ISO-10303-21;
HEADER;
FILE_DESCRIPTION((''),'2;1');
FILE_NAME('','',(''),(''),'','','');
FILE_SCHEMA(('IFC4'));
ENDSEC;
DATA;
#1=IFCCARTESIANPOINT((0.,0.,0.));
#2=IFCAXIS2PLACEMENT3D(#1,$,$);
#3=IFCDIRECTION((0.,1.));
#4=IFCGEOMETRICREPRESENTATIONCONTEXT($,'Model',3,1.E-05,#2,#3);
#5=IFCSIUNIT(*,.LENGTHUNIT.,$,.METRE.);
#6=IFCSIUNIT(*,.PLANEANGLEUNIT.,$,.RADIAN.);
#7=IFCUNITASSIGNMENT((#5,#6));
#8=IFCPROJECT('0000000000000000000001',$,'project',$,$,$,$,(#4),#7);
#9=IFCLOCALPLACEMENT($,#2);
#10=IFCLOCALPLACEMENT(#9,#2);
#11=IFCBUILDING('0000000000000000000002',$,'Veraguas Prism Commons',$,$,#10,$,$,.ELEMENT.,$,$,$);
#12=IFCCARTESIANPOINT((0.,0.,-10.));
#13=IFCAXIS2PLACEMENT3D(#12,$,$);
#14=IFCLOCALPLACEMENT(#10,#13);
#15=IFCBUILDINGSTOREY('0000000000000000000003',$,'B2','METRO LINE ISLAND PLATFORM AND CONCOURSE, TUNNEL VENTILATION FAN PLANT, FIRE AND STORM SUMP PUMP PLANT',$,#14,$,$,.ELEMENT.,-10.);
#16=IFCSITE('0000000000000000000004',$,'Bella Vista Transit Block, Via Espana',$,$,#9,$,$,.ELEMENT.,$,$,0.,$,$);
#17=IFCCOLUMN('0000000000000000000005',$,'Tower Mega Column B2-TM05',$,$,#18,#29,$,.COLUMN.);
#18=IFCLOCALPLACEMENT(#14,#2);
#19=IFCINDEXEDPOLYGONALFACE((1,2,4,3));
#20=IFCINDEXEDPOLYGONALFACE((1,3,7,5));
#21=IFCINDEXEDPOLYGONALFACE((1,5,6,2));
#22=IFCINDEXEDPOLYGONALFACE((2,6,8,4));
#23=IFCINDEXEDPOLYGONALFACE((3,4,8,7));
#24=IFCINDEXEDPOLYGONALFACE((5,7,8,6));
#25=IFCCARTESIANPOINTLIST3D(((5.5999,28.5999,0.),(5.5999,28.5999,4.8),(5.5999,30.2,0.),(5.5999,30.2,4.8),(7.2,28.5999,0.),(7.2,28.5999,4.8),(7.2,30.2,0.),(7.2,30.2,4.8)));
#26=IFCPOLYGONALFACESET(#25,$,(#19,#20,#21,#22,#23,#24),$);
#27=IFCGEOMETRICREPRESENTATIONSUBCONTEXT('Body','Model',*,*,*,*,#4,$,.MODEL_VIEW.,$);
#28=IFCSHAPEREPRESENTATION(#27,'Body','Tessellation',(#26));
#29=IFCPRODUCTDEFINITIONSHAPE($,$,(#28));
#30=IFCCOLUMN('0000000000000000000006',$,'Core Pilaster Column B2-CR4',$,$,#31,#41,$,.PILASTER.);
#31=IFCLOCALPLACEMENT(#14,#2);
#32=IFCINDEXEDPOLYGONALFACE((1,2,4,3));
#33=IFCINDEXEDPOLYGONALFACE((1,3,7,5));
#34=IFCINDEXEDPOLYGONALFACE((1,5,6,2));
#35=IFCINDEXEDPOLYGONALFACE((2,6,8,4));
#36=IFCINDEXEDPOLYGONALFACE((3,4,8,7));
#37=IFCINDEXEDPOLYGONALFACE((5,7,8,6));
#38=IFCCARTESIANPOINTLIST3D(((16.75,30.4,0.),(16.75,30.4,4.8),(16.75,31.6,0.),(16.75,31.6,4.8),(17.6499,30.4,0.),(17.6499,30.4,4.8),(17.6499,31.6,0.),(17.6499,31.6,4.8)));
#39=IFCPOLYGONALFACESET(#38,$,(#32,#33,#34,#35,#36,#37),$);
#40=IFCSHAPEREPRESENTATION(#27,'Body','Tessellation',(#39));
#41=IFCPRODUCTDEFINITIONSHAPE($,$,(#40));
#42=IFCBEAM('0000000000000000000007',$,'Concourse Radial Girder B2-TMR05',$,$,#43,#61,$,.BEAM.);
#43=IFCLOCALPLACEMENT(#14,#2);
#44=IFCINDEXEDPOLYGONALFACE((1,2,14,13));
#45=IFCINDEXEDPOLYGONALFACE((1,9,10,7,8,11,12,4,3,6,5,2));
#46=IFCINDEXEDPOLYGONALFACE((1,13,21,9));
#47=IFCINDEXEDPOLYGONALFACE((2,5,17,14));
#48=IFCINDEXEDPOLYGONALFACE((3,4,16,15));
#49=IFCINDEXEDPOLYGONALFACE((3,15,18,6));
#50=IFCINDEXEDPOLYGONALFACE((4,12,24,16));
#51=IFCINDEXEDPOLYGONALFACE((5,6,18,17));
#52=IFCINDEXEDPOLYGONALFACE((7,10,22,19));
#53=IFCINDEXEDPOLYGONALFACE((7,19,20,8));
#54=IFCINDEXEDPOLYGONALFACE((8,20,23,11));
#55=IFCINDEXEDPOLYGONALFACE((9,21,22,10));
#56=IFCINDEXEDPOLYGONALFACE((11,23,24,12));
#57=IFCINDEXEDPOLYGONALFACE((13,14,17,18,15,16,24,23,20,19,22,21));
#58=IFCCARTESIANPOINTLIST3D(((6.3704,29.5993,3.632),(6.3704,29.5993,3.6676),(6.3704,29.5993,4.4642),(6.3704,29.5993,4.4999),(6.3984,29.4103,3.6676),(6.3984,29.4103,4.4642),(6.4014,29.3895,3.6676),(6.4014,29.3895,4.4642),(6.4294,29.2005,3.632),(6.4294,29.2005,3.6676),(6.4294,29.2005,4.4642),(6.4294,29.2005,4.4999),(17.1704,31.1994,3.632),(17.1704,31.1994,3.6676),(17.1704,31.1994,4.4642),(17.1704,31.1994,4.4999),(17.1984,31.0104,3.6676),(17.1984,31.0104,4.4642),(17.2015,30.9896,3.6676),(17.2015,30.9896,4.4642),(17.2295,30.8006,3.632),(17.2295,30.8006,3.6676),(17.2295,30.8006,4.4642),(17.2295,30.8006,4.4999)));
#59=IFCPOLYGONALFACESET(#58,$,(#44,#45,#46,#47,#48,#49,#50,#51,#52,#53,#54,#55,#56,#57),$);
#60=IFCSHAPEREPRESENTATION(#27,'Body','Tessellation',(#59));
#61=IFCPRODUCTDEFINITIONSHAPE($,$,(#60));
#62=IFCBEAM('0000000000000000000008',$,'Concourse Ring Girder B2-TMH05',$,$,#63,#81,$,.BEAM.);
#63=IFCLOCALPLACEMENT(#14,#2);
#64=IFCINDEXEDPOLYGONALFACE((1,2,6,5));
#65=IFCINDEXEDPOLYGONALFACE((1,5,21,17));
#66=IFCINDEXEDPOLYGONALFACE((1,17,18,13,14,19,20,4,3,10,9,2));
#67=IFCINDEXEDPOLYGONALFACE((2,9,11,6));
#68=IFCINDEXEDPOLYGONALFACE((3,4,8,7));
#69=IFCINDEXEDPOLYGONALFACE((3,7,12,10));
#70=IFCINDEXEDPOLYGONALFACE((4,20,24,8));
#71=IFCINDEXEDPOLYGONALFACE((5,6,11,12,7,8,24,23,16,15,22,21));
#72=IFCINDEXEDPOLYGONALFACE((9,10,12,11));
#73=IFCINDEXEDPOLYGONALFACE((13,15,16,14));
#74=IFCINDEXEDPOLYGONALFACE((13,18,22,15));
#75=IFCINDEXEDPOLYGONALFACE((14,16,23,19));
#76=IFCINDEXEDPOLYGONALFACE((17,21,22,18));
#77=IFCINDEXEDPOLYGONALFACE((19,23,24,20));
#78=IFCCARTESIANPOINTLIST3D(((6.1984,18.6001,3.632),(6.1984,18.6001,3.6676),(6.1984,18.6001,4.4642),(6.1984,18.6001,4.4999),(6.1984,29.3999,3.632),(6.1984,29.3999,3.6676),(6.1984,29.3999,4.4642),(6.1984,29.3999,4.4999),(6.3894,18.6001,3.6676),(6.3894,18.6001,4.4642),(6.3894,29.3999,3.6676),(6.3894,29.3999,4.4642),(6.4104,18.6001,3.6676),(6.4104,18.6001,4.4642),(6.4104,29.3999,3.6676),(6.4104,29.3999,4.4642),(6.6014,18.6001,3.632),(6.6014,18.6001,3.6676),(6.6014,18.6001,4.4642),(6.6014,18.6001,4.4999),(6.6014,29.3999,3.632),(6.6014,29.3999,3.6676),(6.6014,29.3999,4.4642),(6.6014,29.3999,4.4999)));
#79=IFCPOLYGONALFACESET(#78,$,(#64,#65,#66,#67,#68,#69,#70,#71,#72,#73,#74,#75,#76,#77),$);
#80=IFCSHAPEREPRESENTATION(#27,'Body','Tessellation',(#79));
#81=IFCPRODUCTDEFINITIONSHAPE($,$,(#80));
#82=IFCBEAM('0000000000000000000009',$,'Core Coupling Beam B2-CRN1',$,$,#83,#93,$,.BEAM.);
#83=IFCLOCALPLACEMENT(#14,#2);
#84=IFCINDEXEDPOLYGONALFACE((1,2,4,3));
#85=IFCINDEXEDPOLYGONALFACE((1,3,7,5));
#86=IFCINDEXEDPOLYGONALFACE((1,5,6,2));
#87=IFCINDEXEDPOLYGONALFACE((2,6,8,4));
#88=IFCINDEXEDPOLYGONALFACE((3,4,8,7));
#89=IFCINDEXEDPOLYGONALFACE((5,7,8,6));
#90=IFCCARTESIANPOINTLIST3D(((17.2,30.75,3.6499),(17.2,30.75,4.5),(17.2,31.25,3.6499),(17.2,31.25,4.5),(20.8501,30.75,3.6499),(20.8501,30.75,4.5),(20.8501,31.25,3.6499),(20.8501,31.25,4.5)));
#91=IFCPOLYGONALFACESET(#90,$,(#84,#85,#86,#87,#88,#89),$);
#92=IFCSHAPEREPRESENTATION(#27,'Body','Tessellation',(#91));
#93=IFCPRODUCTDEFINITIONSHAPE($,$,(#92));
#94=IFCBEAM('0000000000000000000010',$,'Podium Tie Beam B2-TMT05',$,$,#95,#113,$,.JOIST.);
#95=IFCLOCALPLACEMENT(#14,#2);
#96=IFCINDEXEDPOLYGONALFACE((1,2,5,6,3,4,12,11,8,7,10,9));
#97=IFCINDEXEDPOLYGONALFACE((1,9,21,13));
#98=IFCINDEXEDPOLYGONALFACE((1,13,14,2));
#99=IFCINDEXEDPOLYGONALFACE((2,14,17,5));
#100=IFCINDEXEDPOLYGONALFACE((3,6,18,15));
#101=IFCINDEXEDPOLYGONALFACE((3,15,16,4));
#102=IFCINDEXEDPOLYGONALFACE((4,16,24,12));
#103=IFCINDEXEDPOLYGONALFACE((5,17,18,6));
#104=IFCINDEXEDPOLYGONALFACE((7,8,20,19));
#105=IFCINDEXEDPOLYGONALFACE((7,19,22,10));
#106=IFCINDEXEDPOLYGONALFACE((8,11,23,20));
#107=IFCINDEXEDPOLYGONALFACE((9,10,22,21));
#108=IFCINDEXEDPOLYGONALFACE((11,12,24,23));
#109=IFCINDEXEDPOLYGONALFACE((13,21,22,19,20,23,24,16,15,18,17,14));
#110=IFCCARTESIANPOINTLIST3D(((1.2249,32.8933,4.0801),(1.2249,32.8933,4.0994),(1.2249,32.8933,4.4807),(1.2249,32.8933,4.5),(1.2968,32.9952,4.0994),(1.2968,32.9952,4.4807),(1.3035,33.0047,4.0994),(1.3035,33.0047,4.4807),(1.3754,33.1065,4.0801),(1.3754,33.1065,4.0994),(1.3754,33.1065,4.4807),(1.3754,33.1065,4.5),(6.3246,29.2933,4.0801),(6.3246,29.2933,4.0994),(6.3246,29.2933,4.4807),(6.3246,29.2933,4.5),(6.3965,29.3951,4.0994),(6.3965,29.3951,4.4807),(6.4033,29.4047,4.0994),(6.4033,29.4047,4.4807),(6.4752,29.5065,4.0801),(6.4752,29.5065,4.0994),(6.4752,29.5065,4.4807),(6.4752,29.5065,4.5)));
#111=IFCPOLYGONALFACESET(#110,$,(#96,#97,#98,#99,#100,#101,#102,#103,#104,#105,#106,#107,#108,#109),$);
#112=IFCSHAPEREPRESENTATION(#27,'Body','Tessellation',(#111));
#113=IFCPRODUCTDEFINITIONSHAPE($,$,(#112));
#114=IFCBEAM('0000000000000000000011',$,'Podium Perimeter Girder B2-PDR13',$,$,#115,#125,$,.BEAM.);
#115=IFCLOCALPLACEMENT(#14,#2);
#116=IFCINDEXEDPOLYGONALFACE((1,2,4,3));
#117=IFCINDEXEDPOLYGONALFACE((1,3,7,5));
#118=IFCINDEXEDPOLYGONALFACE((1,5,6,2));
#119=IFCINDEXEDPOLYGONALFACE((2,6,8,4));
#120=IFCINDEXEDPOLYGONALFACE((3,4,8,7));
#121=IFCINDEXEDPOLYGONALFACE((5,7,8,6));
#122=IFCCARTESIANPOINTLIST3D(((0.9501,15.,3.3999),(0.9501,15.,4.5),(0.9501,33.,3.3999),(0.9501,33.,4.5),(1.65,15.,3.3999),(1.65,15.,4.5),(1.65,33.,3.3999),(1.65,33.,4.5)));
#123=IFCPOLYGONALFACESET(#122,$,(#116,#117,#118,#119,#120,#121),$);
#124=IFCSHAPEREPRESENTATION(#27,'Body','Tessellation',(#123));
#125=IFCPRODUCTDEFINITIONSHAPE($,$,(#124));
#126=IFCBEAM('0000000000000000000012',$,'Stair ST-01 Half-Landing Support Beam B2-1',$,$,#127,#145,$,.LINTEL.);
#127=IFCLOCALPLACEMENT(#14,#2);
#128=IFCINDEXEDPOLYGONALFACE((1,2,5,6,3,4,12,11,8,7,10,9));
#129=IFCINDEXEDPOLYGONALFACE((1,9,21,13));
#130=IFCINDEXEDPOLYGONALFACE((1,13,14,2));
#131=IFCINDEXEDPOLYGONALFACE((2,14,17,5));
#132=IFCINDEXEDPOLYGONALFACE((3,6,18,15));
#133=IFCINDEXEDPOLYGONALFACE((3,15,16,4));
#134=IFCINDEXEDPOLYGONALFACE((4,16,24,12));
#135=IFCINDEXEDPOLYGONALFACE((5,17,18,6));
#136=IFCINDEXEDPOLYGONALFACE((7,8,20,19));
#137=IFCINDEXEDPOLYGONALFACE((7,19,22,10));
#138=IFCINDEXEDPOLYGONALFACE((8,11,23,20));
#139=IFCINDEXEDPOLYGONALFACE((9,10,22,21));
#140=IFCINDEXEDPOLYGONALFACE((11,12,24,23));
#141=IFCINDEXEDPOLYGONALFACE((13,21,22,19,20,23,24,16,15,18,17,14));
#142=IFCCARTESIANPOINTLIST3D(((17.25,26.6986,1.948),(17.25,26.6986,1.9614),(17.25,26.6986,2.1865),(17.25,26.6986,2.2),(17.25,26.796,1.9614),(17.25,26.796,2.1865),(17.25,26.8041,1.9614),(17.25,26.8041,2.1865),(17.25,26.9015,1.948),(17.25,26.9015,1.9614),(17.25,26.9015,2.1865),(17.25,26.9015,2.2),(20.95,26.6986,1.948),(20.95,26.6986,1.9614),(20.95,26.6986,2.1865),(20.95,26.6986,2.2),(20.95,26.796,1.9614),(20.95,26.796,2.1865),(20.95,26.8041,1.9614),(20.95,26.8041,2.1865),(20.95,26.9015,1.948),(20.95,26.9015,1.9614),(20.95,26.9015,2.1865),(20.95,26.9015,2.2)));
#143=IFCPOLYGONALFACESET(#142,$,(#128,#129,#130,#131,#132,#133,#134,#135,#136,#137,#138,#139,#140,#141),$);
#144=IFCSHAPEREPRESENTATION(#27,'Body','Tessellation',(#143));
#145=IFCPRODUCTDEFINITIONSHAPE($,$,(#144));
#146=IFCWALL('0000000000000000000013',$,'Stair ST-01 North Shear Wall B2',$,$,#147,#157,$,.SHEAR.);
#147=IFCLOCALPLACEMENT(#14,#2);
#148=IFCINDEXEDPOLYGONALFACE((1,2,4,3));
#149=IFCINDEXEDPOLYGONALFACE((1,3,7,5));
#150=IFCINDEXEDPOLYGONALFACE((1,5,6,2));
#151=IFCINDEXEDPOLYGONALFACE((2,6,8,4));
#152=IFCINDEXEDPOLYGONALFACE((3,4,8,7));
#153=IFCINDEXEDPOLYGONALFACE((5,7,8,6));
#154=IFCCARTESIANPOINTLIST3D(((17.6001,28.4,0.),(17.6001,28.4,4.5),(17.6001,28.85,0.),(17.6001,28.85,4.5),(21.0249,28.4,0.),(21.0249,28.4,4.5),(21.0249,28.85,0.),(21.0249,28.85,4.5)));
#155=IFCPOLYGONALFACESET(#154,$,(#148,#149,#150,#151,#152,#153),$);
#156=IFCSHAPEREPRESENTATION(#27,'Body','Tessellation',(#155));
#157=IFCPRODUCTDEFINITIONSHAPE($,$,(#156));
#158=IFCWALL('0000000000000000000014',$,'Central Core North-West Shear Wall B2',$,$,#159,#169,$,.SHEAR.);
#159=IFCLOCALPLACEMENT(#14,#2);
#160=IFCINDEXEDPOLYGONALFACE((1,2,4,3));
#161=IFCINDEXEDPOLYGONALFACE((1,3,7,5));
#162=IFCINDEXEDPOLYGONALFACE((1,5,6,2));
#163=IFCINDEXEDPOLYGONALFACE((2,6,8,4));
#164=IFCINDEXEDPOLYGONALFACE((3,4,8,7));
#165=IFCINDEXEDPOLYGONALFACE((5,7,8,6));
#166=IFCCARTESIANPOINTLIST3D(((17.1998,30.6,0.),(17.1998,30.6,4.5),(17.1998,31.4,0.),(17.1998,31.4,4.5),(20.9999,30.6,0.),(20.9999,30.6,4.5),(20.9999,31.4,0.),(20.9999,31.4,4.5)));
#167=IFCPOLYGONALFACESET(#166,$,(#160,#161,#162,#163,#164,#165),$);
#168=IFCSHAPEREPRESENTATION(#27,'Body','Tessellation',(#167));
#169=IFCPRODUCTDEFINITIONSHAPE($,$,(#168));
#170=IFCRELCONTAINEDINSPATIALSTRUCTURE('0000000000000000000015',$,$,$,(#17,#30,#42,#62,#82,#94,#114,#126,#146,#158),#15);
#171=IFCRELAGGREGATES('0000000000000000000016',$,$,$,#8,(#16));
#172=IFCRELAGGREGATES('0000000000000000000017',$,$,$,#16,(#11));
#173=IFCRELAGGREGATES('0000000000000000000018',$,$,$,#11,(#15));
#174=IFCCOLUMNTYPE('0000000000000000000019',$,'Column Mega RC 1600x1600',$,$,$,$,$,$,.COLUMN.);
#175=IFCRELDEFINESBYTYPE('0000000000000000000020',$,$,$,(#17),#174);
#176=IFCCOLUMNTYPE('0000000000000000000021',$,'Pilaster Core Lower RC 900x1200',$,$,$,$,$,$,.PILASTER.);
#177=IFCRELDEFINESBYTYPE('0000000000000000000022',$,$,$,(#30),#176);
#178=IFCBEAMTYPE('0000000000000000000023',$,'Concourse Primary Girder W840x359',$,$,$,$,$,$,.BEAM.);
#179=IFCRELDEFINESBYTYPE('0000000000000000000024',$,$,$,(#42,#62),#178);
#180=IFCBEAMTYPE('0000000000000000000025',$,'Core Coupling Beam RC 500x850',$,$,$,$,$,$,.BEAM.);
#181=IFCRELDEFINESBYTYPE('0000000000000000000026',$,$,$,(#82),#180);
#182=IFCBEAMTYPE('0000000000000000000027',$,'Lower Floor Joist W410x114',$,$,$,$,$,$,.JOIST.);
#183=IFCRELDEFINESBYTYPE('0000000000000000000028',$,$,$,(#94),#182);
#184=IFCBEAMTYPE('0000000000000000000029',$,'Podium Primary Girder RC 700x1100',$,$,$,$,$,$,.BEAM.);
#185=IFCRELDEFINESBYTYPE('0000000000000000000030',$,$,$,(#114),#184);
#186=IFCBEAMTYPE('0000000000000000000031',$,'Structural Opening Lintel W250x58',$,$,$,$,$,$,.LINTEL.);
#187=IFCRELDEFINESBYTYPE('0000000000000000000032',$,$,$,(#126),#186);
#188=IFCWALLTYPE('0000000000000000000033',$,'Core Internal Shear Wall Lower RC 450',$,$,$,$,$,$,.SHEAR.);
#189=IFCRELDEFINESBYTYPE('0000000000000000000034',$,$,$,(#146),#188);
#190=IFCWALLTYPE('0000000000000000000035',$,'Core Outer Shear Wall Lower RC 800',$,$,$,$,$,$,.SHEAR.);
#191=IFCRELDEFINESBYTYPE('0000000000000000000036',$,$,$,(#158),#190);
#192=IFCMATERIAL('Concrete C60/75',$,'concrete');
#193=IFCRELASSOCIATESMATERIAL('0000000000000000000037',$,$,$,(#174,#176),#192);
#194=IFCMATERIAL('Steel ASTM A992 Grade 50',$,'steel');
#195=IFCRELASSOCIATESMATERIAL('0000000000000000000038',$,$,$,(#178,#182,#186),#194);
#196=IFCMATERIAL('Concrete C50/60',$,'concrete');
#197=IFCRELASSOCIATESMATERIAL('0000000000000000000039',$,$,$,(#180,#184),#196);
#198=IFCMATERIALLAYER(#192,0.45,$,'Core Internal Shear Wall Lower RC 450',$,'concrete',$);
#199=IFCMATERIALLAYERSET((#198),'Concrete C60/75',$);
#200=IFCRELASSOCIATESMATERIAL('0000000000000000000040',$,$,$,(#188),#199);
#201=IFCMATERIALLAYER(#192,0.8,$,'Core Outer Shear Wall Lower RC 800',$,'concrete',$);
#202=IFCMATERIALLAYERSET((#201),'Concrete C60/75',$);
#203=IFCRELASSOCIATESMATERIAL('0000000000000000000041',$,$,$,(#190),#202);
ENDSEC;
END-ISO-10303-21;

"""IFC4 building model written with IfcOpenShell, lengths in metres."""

from ifc_helpers import new_model, si_unit, direction, frame, frame_2d, origin, origin_2d, place, context, subcontext, project, spatial, rectangle, i_section, extrude, material, layer, layer_set, material_profile, profile_set, type_object, element, save


model = new_model("IFC4")

# Units and contexts
model_context = context("Model", 3, precision=1e-05, world=origin(), true_north=direction((0.0, 1.0)))
body_context = subcontext(model_context, "Body", "Model", "MODEL_VIEW")
ifc_project = project(units=[si_unit("LENGTHUNIT", "METRE"), si_unit("PLANEANGLEUNIT", "RADIAN")], contexts=[model_context])

# Site, building, storey
site_placement = place(None, origin())
site = spatial("IfcSite", under=ifc_project, at=site_placement, Name="Bella Vista Transit Block, Via Espana", CompositionType="ELEMENT", RefElevation=0.0)
building_placement = place(site_placement, origin())
building = spatial("IfcBuilding", under=site, at=building_placement, Name="Veraguas Prism Commons", CompositionType="ELEMENT")
storey_placement = place(building_placement, frame((0.0, 0.0, -10.0)))
storey = spatial("IfcBuildingStorey", under=building, at=storey_placement, Name="B2", Description="METRO LINE ISLAND PLATFORM AND CONCOURSE, TUNNEL VENTILATION FAN PLANT, FIRE AND STORM SUMP PUMP PLANT", CompositionType="ELEMENT", Elevation=-10.0)

# Columns
ifc_material_1 = material(Name="Concrete C60/75", Category="concrete")
ifc_material_profile_1 = material_profile(ifc_material_1, rectangle(XDim=1.6001, YDim=1.6001, at=origin_2d()), Name="RC1600X1600")
ifc_profile_set_1 = profile_set([ifc_material_profile_1], Name="Concrete C60/75")
column_type_1 = type_object("IfcColumnType", Name="Column Mega RC 1600x1600", PredefinedType="COLUMN", material=ifc_profile_set_1)
for number, where, z_axis, x_axis, name in (
    (1, (6.3999, 29.3999, 0.0), (0.0, 0.0, 1.0), (1.0, 0.0, 0.0), "Tower Mega Column B2-TM05"),
):
    element("IfcColumn", number, at=place(storey_placement, frame(where, z_axis=z_axis, x_axis=x_axis)), inside=storey, type_object=column_type_1, Name=name, PredefinedType="COLUMN", context=body_context, shape_type="SweptSolid", body=[
        extrude(rectangle(XDim=1.6001, YDim=1.6001, at=origin_2d()), origin(), (0.0, 0.0, 1.0), 4.8),
    ])
ifc_material_profile_2 = material_profile(ifc_material_1, rectangle(XDim=0.8999, YDim=1.2, at=origin_2d()), Name="RC900X1200")
ifc_profile_set_2 = profile_set([ifc_material_profile_2], Name="Concrete C60/75")
column_type_2 = type_object("IfcColumnType", Name="Pilaster Core Lower RC 900x1200", PredefinedType="PILASTER", material=ifc_profile_set_2)
column_placement = place(storey_placement, frame((17.2, 31.0, 0.0), z_axis=(0.0, 0.0, 1.0), x_axis=(1.0, 0.0, 0.0)))
element("IfcColumn", 2, at=column_placement, inside=storey, type_object=column_type_2, Name="Core Pilaster Column B2-CR4", PredefinedType="PILASTER", context=body_context, shape_type="SweptSolid", body=[
    extrude(rectangle(XDim=0.8999, YDim=1.2, at=origin_2d()), origin(), (0.0, 0.0, 1.0), 4.8),
])

# Beams
ifc_material_2 = material(Name="Steel ASTM A992 Grade 50", Category="steel")
ifc_material_profile_3 = material_profile(ifc_material_2, i_section(OverallWidth=0.4031, OverallDepth=0.8679, WebThickness=0.021, FlangeThickness=0.0356, at=origin_2d()), Name="W840X359")
ifc_profile_set_3 = profile_set([ifc_material_profile_3], Name="Steel ASTM A992 Grade 50")
beam_type_1 = type_object("IfcBeamType", Name="Concourse Primary Girder W840x359", PredefinedType="BEAM", material=ifc_profile_set_3)
beam_1_placement = place(storey_placement, frame((6.3999, 29.3999, 4.0659), z_axis=(0.989202, 0.146557, 0.0), x_axis=(-0.146557, 0.989202, 0.0)))
element("IfcBeam", 3, at=beam_1_placement, inside=storey, type_object=beam_type_1, Name="Concourse Radial Girder B2-TMR05", PredefinedType="BEAM", context=body_context, shape_type="SweptSolid", body=[
    extrude(i_section(OverallWidth=0.4031, OverallDepth=0.8679, WebThickness=0.021, FlangeThickness=0.0356, at=origin_2d()), origin(), (0.0, 0.0, 1.0), 10.918),
])
beam_2_placement = place(storey_placement, frame((6.3999, 29.3999, 4.0659), z_axis=(0.0, -1.0, 0.0), x_axis=(1.0, 0.0, 0.0)))
element("IfcBeam", 4, at=beam_2_placement, inside=storey, type_object=beam_type_1, Name="Concourse Ring Girder B2-TMH05", PredefinedType="BEAM", context=body_context, shape_type="SweptSolid", body=[
    extrude(i_section(OverallWidth=0.4031, OverallDepth=0.8679, WebThickness=0.021, FlangeThickness=0.0356, at=origin_2d()), origin(), (0.0, 0.0, 1.0), 10.7998),
])
ifc_material_3 = material(Name="Concrete C50/60", Category="concrete")
ifc_material_profile_4 = material_profile(ifc_material_3, rectangle(XDim=0.5, YDim=0.8501, at=origin_2d()), Name="RC500X850")
ifc_profile_set_4 = profile_set([ifc_material_profile_4], Name="Concrete C50/60")
beam_type_2 = type_object("IfcBeamType", Name="Core Coupling Beam RC 500x850", PredefinedType="BEAM", material=ifc_profile_set_4)
beam_3_placement = place(storey_placement, frame((17.2, 31.0, 4.075), z_axis=(1.0, 0.0, 0.0), x_axis=(0.0, 1.0, 0.0)))
element("IfcBeam", 5, at=beam_3_placement, inside=storey, type_object=beam_type_2, Name="Core Coupling Beam B2-CRN1", PredefinedType="BEAM", context=body_context, shape_type="SweptSolid", body=[
    extrude(rectangle(XDim=0.5, YDim=0.8501, at=origin_2d()), origin(), (0.0, 0.0, 1.0), 3.6501),
])
ifc_material_profile_5 = material_profile(ifc_material_2, i_section(OverallWidth=0.261, OverallDepth=0.4199, WebThickness=0.0117, FlangeThickness=0.0193, at=origin_2d()), Name="W410X114")
ifc_profile_set_5 = profile_set([ifc_material_profile_5], Name="Steel ASTM A992 Grade 50")
beam_type_3 = type_object("IfcBeamType", Name="Lower Floor Joist W410x114", PredefinedType="JOIST", material=ifc_profile_set_5)
beam_4_placement = place(storey_placement, frame((6.3999, 29.3999, 4.29), z_axis=(-0.816953, 0.576705, 0.0), x_axis=(-0.576705, -0.816953, 0.0)))
element("IfcBeam", 6, at=beam_4_placement, inside=storey, type_object=beam_type_3, Name="Podium Tie Beam B2-TMT05", PredefinedType="JOIST", context=body_context, shape_type="SweptSolid", body=[
    extrude(i_section(OverallWidth=0.261, OverallDepth=0.4199, WebThickness=0.0117, FlangeThickness=0.0193, at=origin_2d()), origin(), (0.0, 0.0, 1.0), 6.2424),
])
ifc_material_profile_6 = material_profile(ifc_material_3, rectangle(XDim=0.7, YDim=1.1001, at=origin_2d()), Name="RC700X1100")
ifc_profile_set_6 = profile_set([ifc_material_profile_6], Name="Concrete C50/60")
beam_type_4 = type_object("IfcBeamType", Name="Podium Primary Girder RC 700x1100", PredefinedType="BEAM", material=ifc_profile_set_6)
beam_5_placement = place(storey_placement, frame((1.3, 33.0, 3.95), z_axis=(0.0, -1.0, 0.0), x_axis=(1.0, 0.0, 0.0)))
element("IfcBeam", 7, at=beam_5_placement, inside=storey, type_object=beam_type_4, Name="Podium Perimeter Girder B2-PDR13", PredefinedType="BEAM", context=body_context, shape_type="SweptSolid", body=[
    extrude(rectangle(XDim=0.7, YDim=1.1001, at=origin_2d()), origin(), (0.0, 0.0, 1.0), 18.0),
])
ifc_material_profile_7 = material_profile(ifc_material_2, i_section(OverallWidth=0.2029, OverallDepth=0.252, WebThickness=0.0081, FlangeThickness=0.0134, at=origin_2d()), Name="W250X58")
ifc_profile_set_7 = profile_set([ifc_material_profile_7], Name="Steel ASTM A992 Grade 50")
beam_type_5 = type_object("IfcBeamType", Name="Structural Opening Lintel W250x58", PredefinedType="LINTEL", material=ifc_profile_set_7)
beam_6_placement = place(storey_placement, frame((17.25, 26.8, 2.074), z_axis=(1.0, 0.0, 0.0), x_axis=(0.0, 1.0, 0.0)))
element("IfcBeam", 8, at=beam_6_placement, inside=storey, type_object=beam_type_5, Name="Stair ST-01 Half-Landing Support Beam B2-1", PredefinedType="LINTEL", context=body_context, shape_type="SweptSolid", body=[
    extrude(i_section(OverallWidth=0.2029, OverallDepth=0.252, WebThickness=0.0081, FlangeThickness=0.0134, at=origin_2d()), origin(), (0.0, 0.0, 1.0), 3.7),
])

# Walls
ifc_layer_1 = layer(ifc_material_1, 0.45, Name="Core Internal Shear Wall Lower RC 450", Category="concrete")
ifc_layer_set_1 = layer_set([ifc_layer_1], Name="Concrete C60/75")
wall_type_1 = type_object("IfcWallType", Name="Core Internal Shear Wall Lower RC 450", PredefinedType="SHEAR", material=ifc_layer_set_1)
wall_1_placement = place(storey_placement, frame((17.6001, 28.625, 0.0), z_axis=(0.0, 0.0, 1.0), x_axis=(1.0, 0.0, 0.0)))
element("IfcWall", 9, at=wall_1_placement, inside=storey, type_object=wall_type_1, Name="Stair ST-01 North Shear Wall B2", PredefinedType="SHEAR", context=body_context, shape_type="SweptSolid", body=[
    extrude(rectangle(XDim=3.4248, YDim=0.45, at=frame_2d((1.7124, 0.0))), origin(), (0.0, 0.0, 1.0), 4.5),
])
ifc_layer_2 = layer(ifc_material_1, 0.8, Name="Core Outer Shear Wall Lower RC 800", Category="concrete")
ifc_layer_set_2 = layer_set([ifc_layer_2], Name="Concrete C60/75")
wall_type_2 = type_object("IfcWallType", Name="Core Outer Shear Wall Lower RC 800", PredefinedType="SHEAR", material=ifc_layer_set_2)
wall_2_placement = place(storey_placement, frame((17.2, 31.0, 0.0), z_axis=(0.0, 0.0, 1.0), x_axis=(1.0, 0.0, 0.0)))
element("IfcWall", 10, at=wall_2_placement, inside=storey, type_object=wall_type_2, Name="Central Core North-West Shear Wall B2", PredefinedType="SHEAR", context=body_context, shape_type="SweptSolid", body=[
    extrude(rectangle(XDim=3.8, YDim=0.8, at=frame_2d((1.8999, 0.0))), origin(), (0.0, 0.0, 1.0), 4.5),
])

save(model, "model.ifc")
